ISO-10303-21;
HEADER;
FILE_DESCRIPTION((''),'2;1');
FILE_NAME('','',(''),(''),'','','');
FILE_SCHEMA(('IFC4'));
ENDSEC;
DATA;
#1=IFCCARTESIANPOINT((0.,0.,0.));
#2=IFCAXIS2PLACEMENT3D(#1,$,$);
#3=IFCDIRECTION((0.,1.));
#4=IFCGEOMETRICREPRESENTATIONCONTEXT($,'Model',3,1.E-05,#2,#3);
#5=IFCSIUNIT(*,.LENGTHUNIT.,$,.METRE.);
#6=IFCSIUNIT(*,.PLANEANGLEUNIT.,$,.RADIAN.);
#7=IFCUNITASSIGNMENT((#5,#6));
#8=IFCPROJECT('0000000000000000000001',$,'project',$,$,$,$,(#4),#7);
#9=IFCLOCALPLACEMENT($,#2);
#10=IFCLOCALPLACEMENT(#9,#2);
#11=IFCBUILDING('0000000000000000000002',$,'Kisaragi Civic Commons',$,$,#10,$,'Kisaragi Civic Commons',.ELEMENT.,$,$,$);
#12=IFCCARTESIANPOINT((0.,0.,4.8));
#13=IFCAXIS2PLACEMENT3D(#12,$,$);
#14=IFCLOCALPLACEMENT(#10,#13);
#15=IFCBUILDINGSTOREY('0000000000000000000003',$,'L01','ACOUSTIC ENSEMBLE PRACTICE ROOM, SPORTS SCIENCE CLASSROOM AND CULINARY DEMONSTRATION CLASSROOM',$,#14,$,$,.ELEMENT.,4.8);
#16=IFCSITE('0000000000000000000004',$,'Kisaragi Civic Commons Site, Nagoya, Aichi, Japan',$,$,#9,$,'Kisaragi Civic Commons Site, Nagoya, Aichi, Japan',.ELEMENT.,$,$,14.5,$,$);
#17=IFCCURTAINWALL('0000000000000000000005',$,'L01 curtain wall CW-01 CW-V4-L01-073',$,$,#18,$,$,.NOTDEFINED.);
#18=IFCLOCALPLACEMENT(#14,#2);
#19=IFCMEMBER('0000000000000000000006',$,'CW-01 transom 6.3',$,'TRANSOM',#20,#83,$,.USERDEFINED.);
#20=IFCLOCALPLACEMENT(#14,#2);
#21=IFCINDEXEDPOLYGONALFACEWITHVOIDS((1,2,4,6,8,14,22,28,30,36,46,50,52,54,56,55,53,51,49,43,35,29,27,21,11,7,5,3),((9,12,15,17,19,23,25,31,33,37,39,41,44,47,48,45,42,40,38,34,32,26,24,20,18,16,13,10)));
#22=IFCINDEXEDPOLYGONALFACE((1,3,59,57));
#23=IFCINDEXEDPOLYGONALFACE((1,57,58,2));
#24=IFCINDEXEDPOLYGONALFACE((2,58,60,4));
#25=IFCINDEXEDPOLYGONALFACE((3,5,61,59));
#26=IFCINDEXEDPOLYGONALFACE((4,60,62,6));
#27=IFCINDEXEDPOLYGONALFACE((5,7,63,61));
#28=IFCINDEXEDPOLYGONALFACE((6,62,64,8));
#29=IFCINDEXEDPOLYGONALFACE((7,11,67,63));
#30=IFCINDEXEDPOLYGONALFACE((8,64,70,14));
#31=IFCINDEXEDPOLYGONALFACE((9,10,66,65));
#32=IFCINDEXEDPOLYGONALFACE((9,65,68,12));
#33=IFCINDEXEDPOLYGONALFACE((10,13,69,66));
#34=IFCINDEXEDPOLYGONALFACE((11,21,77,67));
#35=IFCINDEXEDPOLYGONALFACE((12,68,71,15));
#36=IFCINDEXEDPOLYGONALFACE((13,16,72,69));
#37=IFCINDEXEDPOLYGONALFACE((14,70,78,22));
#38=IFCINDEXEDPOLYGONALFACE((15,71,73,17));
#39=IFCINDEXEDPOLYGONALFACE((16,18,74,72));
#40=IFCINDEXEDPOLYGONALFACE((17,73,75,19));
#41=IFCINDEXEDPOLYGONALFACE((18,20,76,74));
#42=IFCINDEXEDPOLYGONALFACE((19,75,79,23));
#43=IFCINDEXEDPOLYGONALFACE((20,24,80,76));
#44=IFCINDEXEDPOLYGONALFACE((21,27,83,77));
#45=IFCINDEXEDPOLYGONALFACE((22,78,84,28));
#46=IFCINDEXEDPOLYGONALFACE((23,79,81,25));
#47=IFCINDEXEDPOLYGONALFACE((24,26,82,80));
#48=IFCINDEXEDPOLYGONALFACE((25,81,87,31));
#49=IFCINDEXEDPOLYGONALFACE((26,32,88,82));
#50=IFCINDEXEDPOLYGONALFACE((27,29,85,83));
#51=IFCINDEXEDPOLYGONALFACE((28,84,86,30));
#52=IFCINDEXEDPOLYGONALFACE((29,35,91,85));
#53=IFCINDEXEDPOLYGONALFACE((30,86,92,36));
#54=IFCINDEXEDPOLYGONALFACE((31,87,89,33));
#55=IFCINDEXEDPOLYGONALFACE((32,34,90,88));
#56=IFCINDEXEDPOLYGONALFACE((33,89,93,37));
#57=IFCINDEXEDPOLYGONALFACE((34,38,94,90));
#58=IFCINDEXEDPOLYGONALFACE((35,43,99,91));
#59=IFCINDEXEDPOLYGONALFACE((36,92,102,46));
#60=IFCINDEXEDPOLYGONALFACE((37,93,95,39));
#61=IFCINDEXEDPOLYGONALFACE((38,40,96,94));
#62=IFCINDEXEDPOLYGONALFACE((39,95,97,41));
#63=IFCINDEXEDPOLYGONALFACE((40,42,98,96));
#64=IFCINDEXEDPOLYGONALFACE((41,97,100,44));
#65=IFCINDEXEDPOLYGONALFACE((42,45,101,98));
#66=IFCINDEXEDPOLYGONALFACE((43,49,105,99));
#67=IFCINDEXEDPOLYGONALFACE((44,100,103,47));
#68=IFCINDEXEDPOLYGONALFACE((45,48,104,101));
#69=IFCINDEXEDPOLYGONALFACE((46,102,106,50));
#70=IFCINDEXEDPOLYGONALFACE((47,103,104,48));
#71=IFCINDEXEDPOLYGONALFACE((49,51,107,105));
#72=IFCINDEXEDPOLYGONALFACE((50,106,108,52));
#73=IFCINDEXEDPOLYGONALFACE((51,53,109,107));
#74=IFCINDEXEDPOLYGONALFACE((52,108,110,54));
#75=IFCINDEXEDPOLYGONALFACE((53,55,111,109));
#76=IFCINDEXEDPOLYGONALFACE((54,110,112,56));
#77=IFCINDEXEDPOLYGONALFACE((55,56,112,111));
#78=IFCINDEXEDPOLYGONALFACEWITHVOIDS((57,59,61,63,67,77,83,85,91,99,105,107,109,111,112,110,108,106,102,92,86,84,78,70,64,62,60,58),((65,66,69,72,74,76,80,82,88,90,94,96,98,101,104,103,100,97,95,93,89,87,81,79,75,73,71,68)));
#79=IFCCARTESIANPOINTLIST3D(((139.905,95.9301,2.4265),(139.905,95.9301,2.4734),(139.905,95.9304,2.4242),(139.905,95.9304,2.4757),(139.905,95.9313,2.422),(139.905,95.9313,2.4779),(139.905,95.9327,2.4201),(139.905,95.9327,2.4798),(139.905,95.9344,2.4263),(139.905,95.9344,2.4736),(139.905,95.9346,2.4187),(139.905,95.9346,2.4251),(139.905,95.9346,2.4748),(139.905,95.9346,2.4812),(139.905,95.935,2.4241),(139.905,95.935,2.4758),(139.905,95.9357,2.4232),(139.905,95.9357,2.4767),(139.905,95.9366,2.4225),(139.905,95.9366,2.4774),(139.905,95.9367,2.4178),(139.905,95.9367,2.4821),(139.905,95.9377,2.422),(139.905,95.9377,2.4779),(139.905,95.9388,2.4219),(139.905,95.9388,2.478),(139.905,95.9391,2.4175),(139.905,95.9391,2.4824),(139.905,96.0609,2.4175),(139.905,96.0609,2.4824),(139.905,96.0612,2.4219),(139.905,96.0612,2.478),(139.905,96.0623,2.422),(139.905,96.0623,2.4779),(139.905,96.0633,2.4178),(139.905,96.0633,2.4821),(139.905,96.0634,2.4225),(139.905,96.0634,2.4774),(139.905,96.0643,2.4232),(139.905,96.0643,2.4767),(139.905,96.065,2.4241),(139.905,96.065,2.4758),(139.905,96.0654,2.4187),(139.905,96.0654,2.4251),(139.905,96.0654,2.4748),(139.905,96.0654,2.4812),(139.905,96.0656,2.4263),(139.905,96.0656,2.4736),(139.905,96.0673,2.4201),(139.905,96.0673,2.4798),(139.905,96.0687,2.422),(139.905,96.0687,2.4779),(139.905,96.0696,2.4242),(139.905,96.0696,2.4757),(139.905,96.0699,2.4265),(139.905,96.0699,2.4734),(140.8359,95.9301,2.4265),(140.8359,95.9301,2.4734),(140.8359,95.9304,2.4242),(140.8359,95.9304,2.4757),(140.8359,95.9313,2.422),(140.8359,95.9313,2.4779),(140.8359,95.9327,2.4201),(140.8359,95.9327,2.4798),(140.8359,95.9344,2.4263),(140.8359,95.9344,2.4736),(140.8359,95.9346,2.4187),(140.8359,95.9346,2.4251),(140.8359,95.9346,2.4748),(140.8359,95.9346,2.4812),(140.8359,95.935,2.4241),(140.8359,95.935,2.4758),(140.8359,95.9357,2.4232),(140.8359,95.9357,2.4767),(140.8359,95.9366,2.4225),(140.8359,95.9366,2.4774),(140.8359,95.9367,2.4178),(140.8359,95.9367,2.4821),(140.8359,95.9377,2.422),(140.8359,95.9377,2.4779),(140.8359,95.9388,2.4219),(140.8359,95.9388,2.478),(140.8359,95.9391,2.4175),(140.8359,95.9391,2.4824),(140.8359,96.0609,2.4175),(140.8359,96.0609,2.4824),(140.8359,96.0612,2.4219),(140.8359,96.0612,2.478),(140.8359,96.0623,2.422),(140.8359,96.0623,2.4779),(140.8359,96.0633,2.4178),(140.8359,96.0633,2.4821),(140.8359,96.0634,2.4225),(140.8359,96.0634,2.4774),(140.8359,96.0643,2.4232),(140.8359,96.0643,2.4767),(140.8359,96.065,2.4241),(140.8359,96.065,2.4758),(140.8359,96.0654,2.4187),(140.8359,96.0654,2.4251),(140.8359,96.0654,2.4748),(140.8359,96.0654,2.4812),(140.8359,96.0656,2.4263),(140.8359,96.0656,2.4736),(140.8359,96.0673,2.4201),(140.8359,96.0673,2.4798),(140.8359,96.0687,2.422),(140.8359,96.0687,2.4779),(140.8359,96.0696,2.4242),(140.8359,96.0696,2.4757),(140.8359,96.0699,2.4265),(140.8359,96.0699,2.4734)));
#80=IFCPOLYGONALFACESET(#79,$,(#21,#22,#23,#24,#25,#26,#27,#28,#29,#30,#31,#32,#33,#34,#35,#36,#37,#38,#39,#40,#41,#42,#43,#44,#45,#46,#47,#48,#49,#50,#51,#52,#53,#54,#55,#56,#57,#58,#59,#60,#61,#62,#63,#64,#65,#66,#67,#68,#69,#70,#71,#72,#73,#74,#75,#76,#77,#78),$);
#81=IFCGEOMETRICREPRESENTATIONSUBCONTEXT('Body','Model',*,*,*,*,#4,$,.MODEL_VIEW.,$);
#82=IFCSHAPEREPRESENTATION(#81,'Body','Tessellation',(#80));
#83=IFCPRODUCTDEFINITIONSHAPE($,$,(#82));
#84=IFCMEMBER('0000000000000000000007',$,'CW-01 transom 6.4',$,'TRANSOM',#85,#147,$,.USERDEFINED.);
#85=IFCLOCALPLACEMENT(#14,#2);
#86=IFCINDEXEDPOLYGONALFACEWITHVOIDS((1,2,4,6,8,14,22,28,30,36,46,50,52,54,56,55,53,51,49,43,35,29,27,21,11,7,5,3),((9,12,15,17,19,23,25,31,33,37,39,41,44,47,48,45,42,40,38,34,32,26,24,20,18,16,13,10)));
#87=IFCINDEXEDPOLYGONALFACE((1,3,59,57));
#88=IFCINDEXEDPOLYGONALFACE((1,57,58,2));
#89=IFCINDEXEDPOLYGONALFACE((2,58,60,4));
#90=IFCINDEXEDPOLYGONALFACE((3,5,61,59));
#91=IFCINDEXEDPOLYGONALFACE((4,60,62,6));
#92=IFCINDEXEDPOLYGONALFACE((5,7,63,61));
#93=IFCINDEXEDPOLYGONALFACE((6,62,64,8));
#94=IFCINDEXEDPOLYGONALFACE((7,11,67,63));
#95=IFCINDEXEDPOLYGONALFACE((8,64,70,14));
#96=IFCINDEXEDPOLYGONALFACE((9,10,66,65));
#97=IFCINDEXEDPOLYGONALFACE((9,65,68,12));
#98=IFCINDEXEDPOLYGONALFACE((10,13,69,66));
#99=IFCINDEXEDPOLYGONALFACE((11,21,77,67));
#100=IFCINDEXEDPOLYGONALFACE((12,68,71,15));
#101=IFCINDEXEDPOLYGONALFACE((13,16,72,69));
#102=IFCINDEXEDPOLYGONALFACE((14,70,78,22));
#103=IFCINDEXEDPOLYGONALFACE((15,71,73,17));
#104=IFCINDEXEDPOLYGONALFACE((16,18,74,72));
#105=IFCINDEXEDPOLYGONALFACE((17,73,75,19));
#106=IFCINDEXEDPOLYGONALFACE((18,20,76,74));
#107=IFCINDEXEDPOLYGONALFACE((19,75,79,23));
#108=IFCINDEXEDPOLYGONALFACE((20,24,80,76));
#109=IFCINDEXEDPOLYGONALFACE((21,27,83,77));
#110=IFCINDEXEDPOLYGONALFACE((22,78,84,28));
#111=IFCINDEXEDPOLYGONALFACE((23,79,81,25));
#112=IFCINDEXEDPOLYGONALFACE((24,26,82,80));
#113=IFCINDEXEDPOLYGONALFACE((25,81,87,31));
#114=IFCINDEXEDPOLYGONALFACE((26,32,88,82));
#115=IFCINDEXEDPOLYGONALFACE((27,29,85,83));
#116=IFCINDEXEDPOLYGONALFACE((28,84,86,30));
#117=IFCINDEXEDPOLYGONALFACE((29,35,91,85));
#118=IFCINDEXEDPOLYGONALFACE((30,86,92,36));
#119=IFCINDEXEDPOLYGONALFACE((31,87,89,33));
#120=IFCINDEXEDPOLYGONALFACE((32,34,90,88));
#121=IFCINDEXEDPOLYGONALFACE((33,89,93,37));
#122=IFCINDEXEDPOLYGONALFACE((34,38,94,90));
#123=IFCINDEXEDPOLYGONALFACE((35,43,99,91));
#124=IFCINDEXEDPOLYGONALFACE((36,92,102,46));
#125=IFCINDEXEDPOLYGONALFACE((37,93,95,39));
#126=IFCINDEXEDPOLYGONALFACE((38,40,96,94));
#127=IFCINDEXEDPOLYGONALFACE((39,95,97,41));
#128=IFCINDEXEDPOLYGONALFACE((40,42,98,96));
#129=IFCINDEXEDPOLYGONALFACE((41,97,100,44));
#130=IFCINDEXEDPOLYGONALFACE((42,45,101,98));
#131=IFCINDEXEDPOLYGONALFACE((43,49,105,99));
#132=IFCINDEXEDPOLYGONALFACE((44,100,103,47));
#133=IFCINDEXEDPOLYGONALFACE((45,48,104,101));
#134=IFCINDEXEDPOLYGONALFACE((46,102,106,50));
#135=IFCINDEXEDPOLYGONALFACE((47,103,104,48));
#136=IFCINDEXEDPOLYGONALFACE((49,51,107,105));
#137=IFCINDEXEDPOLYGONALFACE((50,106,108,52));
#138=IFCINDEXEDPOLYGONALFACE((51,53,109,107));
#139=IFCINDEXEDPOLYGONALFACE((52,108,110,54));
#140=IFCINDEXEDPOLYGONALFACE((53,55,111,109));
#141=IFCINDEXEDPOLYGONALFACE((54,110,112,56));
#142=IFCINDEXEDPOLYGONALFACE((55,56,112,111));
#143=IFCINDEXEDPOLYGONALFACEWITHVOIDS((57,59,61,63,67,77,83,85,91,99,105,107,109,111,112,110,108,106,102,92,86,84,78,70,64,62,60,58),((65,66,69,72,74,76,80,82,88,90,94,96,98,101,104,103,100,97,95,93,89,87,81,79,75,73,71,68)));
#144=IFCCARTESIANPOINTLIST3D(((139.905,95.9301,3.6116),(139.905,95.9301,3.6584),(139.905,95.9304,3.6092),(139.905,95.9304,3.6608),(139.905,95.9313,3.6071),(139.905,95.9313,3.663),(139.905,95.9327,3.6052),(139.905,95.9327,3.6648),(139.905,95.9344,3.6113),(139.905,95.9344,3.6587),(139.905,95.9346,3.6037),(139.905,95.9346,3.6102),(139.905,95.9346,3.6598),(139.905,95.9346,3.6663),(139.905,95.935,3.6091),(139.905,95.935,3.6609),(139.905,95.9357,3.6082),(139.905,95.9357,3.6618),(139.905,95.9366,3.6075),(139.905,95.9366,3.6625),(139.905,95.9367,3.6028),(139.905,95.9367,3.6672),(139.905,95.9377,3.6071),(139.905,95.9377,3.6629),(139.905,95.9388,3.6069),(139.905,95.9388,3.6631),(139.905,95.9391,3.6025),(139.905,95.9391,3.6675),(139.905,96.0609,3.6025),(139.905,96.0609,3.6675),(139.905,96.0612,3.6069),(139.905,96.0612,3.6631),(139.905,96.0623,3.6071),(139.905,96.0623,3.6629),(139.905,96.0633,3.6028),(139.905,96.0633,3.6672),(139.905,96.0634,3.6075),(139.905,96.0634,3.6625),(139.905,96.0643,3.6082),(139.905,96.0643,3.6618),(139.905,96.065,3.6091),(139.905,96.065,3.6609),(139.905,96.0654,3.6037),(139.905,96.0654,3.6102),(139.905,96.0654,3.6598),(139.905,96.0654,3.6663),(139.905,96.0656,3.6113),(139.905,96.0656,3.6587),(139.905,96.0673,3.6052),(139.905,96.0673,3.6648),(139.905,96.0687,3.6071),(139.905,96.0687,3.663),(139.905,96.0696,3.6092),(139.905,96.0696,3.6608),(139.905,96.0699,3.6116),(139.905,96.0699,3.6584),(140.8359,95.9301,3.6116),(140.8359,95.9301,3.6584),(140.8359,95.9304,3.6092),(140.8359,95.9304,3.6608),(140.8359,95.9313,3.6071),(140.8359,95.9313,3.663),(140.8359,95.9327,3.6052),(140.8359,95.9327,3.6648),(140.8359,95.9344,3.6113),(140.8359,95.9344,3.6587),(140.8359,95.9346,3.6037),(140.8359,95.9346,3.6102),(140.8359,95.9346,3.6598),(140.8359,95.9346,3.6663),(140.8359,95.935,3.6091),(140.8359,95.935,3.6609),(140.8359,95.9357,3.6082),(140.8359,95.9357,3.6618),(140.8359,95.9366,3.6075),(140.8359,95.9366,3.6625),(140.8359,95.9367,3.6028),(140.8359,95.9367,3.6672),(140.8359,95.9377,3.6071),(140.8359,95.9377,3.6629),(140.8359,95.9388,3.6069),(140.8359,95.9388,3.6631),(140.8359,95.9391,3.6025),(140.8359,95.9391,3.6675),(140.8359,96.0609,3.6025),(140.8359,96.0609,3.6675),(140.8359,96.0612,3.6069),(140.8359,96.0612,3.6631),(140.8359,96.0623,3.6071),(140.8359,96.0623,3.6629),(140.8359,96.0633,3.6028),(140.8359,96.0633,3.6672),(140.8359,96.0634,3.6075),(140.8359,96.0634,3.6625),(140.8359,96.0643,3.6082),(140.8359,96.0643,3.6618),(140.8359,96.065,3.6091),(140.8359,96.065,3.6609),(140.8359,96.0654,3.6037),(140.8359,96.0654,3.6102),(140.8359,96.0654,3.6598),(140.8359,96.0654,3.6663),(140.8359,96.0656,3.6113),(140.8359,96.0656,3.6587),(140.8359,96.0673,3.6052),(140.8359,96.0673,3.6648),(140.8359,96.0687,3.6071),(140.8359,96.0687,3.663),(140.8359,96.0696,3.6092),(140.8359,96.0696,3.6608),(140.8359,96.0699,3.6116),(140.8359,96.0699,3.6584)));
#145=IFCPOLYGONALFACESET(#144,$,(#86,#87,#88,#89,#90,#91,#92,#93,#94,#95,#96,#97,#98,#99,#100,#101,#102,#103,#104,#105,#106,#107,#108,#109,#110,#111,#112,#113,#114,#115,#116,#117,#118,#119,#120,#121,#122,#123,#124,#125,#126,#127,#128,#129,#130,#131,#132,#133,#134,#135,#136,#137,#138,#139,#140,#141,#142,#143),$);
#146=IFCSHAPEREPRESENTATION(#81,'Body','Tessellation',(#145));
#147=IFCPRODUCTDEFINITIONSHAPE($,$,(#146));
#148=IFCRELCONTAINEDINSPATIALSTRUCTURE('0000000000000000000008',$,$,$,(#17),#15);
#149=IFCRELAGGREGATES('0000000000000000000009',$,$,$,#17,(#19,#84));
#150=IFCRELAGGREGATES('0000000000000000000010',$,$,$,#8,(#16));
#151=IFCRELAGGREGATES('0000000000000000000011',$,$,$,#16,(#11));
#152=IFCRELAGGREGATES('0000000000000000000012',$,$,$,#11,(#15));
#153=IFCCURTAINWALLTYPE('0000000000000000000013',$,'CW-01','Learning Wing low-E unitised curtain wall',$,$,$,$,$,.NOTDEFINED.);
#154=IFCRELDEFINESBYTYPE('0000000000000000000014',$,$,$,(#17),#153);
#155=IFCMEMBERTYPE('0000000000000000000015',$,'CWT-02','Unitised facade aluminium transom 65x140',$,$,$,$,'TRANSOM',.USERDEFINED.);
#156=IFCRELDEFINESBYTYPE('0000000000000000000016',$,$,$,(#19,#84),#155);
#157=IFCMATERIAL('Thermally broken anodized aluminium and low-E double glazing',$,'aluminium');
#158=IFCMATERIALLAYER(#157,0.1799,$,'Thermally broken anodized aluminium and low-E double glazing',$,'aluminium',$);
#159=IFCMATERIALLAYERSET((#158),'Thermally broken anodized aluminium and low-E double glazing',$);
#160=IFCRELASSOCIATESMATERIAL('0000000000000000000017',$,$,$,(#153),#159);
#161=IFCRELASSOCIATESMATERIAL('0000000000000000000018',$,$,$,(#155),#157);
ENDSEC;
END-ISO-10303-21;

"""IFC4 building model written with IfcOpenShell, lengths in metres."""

from ifc_helpers import new_model, si_unit, direction, frame, origin, origin_2d, place, context, subcontext, project, spatial, hollow_rectangle, extrude, material, layer, layer_set, material_profile, profile_set, type_object, element, aggregate, save


model = new_model("IFC4")

# Units and contexts
model_context = context("Model", 3, precision=1e-05, world=origin(), true_north=direction((0.0, 1.0)))
body_context = subcontext(model_context, "Body", "Model", "MODEL_VIEW")
ifc_project = project(units=[si_unit("LENGTHUNIT", "METRE"), si_unit("PLANEANGLEUNIT", "RADIAN")], contexts=[model_context])

# Site, building, storey
site_placement = place(None, origin())
site = spatial("IfcSite", under=ifc_project, at=site_placement, Name="Kisaragi Civic Commons Site, Nagoya, Aichi, Japan", LongName="Kisaragi Civic Commons Site, Nagoya, Aichi, Japan", CompositionType="ELEMENT", RefElevation=14.5)
building_placement = place(site_placement, origin())
building = spatial("IfcBuilding", under=site, at=building_placement, Name="Kisaragi Civic Commons", LongName="Kisaragi Civic Commons", CompositionType="ELEMENT")
storey_placement = place(building_placement, frame((0.0, 0.0, 4.8)))
storey = spatial("IfcBuildingStorey", under=building, at=storey_placement, Name="L01", Description="ACOUSTIC ENSEMBLE PRACTICE ROOM, SPORTS SCIENCE CLASSROOM AND CULINARY DEMONSTRATION CLASSROOM", CompositionType="ELEMENT", Elevation=4.8)

# Curtain wall
ifc_material = material(Name="Thermally broken anodized aluminium and low-E double glazing", Category="aluminium")
ifc_layer_1 = layer(ifc_material, 0.1799, Name="Thermally broken anodized aluminium and low-E double glazing", Category="aluminium")
ifc_layer_set_1 = layer_set([ifc_layer_1], Name="Thermally broken anodized aluminium and low-E double glazing")
curtain_wall_type = type_object("IfcCurtainWallType", Name="CW-01", Description="Learning Wing low-E unitised curtain wall", PredefinedType="NOTDEFINED", material=ifc_layer_set_1)
curtain_wall_1_placement = place(storey_placement, origin())
curtain_wall_1 = element("IfcCurtainWall", 1, at=curtain_wall_1_placement, inside=storey, type_object=curtain_wall_type, Name="L01 curtain wall CW-01 CW-V4-L01-073", PredefinedType="NOTDEFINED")

# Members
ifc_material_profile_1 = material_profile(ifc_material, hollow_rectangle(XDim=0.1399, YDim=0.0649, WallThickness=0.0044, InnerFilletRadius=0.0044, OuterFilletRadius=0.009, at=origin_2d()), Name="CWT-65x140x4.5", Category="aluminium")
ifc_profile_set_1 = profile_set([ifc_material_profile_1], Name="Thermally broken anodized aluminium and low-E double glazing")
member_type_1 = type_object("IfcMemberType", Name="CWT-02", Description="Unitised facade aluminium transom 65x140", ElementType="TRANSOM", PredefinedType="USERDEFINED", material=ifc_profile_set_1)
member_1_placement = place(storey_placement, frame((140.8359, 96.0, 2.45), z_axis=(-1.0, 0.0, 0.0), x_axis=(0.0, -1.0, 0.0)))
member_1 = element("IfcMember", 2, at=member_1_placement, type_object=member_type_1, Name="CW-01 transom 6.3", ObjectType="TRANSOM", PredefinedType="USERDEFINED", context=body_context, shape_type="SweptSolid", body=[
    extrude(hollow_rectangle(XDim=0.1399, YDim=0.0649, WallThickness=0.0044, InnerFilletRadius=0.0044, OuterFilletRadius=0.009, at=origin_2d()), origin(), (0.0, 0.0, 1.0), 0.9309),
])
member_2_placement = place(storey_placement, frame((140.8359, 96.0, 3.635), z_axis=(-1.0, 0.0, 0.0), x_axis=(0.0, -1.0, 0.0)))
member_2 = element("IfcMember", 3, at=member_2_placement, type_object=member_type_1, Name="CW-01 transom 6.4", ObjectType="TRANSOM", PredefinedType="USERDEFINED", context=body_context, shape_type="SweptSolid", body=[
    extrude(hollow_rectangle(XDim=0.1399, YDim=0.0649, WallThickness=0.0044, InnerFilletRadius=0.0044, OuterFilletRadius=0.009, at=origin_2d()), origin(), (0.0, 0.0, 1.0), 0.9309),
])

aggregate(curtain_wall_1, [member_1, member_2])

save(model, "model.ifc")
